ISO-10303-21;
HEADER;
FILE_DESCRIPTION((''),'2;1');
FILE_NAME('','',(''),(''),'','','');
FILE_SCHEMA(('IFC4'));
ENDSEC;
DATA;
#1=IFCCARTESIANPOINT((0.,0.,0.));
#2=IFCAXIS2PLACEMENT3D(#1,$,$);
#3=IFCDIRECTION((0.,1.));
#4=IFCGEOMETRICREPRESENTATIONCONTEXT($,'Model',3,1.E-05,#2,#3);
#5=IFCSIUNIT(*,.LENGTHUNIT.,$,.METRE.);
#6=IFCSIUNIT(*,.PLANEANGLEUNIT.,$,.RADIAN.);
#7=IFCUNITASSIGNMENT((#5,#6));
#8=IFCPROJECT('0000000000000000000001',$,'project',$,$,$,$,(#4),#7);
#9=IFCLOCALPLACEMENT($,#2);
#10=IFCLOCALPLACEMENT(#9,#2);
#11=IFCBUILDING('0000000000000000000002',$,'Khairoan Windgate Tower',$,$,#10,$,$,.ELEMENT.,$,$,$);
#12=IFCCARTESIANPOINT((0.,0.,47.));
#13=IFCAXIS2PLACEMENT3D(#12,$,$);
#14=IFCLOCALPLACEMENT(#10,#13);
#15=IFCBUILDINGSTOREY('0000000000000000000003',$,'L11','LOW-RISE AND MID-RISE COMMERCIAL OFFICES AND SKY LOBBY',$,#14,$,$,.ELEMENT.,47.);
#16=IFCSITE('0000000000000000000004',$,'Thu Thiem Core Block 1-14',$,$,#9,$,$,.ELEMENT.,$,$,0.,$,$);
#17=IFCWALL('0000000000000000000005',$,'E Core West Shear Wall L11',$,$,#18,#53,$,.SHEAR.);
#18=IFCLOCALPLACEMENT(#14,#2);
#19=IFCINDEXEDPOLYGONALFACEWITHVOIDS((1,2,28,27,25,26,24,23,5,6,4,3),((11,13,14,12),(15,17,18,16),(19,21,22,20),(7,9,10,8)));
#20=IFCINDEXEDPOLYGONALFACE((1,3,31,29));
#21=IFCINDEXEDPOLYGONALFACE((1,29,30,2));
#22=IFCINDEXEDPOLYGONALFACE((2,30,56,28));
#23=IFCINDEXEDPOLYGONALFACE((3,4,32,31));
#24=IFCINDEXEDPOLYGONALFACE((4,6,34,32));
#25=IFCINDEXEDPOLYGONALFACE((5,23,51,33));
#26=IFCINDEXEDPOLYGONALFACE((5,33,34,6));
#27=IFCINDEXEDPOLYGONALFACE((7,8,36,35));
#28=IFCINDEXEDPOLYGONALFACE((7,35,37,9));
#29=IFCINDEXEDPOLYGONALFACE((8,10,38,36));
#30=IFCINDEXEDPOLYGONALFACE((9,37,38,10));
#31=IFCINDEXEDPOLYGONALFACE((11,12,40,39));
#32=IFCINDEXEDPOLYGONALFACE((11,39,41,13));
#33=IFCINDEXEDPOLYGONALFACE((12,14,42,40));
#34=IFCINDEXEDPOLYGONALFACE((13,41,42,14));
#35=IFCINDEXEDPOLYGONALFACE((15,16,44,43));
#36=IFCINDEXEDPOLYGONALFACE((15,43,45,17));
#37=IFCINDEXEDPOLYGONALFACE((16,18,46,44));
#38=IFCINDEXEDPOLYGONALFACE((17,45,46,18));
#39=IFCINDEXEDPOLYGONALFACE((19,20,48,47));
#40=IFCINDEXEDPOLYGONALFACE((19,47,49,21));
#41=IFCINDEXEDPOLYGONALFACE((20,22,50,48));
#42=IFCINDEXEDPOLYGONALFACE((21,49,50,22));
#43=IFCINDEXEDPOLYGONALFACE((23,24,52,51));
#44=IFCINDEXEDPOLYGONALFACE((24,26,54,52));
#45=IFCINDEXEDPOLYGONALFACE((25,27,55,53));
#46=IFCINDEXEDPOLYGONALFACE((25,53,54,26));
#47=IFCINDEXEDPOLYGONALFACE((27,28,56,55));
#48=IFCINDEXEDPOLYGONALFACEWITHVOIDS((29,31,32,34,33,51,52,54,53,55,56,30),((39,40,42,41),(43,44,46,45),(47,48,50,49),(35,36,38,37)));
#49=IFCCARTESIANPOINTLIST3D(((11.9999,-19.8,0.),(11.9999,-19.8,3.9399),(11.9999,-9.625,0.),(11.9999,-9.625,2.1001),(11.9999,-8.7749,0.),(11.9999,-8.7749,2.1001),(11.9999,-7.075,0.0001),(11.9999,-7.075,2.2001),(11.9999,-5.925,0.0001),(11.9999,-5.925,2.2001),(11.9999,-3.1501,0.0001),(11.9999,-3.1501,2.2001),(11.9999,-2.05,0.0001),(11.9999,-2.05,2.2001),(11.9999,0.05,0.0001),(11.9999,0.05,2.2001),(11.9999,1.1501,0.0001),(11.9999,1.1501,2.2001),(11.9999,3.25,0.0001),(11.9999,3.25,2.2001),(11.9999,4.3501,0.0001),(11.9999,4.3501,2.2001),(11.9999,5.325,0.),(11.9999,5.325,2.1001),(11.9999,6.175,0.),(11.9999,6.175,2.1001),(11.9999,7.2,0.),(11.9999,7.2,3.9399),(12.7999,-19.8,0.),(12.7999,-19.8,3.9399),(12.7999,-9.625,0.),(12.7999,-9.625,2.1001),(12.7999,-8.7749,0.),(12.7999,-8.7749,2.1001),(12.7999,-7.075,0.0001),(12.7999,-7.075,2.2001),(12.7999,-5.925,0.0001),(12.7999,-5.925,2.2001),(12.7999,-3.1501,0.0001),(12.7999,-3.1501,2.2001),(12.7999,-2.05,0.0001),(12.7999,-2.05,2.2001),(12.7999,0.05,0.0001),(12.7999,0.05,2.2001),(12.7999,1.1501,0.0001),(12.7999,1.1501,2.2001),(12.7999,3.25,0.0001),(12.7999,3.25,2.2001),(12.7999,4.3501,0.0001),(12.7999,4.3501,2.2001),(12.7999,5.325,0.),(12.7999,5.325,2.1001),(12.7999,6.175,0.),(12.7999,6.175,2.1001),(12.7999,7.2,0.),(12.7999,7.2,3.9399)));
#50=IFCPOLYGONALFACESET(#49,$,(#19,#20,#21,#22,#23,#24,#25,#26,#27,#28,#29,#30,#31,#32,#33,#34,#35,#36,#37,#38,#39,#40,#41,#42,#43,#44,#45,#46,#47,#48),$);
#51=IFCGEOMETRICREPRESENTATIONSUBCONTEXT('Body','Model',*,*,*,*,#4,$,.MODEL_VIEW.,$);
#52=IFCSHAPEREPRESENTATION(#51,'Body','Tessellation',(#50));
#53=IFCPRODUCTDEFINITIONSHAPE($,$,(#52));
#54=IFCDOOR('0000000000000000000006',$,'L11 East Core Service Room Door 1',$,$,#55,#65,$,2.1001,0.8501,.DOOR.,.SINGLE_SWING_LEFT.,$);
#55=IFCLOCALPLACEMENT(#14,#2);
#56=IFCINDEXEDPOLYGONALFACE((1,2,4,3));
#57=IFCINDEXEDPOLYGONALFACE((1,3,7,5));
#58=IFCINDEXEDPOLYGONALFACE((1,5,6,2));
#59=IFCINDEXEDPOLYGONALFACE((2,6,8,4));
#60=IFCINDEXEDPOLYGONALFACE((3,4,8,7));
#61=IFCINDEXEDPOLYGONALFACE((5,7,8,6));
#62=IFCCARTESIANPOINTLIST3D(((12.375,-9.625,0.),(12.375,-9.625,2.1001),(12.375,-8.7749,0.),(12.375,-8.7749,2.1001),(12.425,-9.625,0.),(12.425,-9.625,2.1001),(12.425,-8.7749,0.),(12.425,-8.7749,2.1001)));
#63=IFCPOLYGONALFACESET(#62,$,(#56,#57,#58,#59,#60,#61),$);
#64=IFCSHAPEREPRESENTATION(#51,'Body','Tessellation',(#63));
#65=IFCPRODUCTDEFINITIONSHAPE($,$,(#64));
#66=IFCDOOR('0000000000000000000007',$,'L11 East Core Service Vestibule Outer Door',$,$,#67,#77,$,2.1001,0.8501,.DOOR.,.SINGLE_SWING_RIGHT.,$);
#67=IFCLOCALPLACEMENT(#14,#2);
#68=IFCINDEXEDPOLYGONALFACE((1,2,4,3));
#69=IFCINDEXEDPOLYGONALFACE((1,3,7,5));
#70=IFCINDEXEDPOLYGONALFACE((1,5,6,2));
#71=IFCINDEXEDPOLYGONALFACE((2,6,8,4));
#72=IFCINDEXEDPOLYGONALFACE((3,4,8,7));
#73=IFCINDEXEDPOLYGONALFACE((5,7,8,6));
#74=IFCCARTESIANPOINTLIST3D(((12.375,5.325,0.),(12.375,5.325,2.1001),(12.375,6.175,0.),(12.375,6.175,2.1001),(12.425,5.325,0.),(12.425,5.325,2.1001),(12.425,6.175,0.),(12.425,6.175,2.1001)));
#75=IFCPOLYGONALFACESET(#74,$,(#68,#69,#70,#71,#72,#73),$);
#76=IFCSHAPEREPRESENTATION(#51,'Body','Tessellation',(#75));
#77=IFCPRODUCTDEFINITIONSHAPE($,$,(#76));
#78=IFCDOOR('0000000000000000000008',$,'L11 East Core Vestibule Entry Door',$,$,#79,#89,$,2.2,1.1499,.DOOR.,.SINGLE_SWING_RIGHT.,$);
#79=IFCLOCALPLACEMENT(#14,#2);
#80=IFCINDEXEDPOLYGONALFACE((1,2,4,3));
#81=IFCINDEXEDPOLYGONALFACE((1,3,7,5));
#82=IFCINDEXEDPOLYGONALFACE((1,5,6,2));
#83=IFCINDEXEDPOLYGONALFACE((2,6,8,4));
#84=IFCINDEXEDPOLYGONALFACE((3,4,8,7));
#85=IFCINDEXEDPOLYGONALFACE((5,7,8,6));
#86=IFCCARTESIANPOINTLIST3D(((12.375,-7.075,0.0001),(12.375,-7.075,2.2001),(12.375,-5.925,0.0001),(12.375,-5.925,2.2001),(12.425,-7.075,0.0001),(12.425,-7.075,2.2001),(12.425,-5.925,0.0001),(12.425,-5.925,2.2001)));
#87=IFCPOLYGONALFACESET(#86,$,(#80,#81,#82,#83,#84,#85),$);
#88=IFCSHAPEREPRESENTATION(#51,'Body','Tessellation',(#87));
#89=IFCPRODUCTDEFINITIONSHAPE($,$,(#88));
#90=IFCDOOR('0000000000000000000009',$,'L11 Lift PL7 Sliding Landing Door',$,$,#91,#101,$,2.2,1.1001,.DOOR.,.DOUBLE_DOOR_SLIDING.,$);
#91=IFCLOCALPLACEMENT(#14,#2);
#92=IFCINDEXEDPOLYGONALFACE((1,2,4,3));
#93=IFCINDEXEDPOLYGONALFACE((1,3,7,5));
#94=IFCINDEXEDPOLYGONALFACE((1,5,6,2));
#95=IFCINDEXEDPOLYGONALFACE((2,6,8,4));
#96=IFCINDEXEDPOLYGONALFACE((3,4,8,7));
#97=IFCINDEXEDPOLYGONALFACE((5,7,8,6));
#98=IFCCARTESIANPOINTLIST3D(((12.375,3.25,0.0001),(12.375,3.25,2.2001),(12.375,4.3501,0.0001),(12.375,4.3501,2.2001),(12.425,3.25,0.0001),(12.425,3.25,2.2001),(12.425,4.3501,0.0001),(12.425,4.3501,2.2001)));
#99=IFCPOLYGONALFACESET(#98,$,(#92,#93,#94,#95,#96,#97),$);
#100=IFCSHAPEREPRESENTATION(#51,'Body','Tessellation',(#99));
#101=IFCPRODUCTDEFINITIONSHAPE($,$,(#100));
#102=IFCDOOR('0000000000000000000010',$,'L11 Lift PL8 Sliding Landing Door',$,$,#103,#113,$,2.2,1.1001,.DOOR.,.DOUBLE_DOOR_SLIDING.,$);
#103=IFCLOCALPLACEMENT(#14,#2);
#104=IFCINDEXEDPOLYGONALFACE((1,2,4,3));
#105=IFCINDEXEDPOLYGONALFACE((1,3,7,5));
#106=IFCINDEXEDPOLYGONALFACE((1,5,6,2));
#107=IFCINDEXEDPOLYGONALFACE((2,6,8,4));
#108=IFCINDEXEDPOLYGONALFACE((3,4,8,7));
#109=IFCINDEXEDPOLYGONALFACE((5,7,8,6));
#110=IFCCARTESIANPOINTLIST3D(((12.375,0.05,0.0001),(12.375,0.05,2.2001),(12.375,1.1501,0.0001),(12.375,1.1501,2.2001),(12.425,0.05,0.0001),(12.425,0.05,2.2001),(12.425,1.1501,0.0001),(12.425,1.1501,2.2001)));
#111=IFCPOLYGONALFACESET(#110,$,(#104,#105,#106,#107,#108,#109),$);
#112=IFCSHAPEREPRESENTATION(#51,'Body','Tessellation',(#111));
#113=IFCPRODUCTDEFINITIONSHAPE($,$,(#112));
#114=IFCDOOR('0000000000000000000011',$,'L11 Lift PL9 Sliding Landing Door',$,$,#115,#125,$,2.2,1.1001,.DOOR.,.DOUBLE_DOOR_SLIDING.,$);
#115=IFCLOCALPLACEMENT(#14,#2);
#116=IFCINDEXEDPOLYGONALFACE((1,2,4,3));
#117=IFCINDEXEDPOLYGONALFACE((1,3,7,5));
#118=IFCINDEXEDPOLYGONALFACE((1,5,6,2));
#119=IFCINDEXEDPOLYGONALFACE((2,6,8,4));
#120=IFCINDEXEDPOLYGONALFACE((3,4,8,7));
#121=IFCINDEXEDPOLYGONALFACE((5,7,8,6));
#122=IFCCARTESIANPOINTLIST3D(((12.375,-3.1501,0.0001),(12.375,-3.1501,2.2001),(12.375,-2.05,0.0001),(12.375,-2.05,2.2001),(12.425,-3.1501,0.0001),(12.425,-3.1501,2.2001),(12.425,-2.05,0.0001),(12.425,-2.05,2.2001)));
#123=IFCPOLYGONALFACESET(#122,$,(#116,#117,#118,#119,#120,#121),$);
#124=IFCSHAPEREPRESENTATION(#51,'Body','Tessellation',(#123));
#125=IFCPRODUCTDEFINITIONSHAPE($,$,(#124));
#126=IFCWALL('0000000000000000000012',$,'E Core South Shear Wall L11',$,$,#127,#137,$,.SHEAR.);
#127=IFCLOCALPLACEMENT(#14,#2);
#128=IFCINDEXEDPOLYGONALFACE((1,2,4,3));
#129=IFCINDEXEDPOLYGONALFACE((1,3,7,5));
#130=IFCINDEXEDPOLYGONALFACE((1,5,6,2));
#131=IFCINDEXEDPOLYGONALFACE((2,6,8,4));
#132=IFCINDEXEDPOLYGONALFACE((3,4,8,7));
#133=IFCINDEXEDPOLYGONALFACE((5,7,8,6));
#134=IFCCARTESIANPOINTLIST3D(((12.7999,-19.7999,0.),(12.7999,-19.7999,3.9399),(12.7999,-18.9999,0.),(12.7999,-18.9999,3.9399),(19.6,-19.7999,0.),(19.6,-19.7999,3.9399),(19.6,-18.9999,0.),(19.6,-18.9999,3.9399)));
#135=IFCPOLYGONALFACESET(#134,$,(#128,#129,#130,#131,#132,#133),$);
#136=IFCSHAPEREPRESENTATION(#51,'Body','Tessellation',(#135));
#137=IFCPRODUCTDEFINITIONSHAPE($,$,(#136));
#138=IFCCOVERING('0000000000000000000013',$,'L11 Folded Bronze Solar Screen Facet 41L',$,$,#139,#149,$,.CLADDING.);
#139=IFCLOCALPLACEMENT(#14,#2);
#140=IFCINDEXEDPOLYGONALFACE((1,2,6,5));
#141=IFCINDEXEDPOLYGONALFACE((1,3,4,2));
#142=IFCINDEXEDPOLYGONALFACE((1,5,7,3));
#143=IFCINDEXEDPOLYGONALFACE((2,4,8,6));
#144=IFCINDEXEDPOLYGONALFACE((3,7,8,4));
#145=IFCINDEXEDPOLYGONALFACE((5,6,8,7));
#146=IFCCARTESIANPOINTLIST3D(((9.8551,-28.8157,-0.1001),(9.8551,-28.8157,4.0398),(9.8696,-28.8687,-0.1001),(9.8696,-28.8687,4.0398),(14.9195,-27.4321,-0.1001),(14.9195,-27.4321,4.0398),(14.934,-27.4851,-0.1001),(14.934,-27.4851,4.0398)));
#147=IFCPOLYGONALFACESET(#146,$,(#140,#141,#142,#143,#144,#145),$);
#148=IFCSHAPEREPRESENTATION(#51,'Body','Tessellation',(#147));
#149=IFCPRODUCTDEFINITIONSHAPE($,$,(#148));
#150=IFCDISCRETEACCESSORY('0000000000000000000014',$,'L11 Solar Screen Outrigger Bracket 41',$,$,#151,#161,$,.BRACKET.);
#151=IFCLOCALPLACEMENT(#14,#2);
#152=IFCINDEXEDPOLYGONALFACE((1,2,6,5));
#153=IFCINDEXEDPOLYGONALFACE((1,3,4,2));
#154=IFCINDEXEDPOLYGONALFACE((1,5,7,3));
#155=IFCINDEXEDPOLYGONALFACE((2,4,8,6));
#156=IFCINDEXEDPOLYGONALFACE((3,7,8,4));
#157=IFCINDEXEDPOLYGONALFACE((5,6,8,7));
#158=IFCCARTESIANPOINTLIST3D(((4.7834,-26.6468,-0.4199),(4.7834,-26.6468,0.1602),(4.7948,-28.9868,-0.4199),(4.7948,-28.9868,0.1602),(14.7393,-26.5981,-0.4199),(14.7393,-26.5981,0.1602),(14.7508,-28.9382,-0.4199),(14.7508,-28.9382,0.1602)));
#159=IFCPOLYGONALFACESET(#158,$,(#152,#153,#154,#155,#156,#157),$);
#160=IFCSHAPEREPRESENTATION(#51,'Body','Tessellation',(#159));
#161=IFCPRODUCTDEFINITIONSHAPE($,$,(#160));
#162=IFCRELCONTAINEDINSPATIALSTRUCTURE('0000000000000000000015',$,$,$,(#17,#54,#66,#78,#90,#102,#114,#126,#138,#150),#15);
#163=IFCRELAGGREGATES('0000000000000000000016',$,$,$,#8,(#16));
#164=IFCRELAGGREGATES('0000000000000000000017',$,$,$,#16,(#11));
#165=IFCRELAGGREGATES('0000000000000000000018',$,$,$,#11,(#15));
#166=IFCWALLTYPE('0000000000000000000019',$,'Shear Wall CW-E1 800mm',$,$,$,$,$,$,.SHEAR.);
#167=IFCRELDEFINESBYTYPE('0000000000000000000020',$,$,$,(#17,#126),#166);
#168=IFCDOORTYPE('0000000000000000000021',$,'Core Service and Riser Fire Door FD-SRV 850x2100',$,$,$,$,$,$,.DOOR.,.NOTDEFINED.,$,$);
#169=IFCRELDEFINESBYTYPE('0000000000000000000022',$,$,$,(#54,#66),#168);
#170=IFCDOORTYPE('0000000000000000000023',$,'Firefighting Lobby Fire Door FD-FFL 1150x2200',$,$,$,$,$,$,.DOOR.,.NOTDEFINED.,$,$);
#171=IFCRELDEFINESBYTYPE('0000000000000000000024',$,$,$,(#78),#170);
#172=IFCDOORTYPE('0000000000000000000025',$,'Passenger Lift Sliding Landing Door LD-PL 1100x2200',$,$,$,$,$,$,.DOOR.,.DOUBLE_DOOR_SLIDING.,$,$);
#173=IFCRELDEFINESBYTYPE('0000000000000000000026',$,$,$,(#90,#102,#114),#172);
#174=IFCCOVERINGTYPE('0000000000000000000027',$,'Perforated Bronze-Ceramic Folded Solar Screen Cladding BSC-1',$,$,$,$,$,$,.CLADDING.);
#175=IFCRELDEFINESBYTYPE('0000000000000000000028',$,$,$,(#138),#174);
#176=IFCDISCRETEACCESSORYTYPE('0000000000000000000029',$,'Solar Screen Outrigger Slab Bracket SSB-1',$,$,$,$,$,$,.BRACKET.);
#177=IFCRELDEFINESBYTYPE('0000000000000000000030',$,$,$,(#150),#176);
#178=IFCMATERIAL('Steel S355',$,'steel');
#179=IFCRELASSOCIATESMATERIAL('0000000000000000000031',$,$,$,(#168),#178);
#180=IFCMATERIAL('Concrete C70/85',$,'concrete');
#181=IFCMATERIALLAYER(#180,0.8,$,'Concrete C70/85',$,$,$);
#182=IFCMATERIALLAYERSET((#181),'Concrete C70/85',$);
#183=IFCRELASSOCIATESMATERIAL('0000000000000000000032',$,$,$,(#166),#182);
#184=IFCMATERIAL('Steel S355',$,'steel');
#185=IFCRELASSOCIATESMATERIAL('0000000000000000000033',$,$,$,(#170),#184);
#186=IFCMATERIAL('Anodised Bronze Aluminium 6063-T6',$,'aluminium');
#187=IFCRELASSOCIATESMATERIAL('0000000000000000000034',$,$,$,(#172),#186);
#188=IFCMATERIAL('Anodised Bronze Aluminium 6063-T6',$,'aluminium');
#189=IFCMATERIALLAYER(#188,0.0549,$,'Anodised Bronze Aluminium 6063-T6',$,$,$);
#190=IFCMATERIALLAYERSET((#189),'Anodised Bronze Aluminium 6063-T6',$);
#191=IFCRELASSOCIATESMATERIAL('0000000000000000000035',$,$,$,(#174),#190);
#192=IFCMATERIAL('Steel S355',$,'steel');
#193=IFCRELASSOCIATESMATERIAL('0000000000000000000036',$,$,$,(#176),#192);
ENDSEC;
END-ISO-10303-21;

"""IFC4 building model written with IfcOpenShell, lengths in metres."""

from ifc_helpers import new_model, si_unit, direction, frame, frame_2d, origin, origin_2d, place, context, subcontext, project, spatial, rectangle, extrude, material, layer, layer_set, type_object, element, fill, save


model = new_model("IFC4")

# Units and contexts
model_context = context("Model", 3, precision=1e-05, world=origin(), true_north=direction((0.0, 1.0)))
body_context = subcontext(model_context, "Body", "Model", "MODEL_VIEW")
ifc_project = project(units=[si_unit("LENGTHUNIT", "METRE"), si_unit("PLANEANGLEUNIT", "RADIAN")], contexts=[model_context])

# Site, building, storey
site_placement = place(None, origin())
site = spatial("IfcSite", under=ifc_project, at=site_placement, Name="Thu Thiem Core Block 1-14", CompositionType="ELEMENT", RefElevation=0.0)
building_placement = place(site_placement, origin())
building = spatial("IfcBuilding", under=site, at=building_placement, Name="Khairoan Windgate Tower", CompositionType="ELEMENT")
storey_placement = place(building_placement, frame((0.0, 0.0, 47.0)))
storey = spatial("IfcBuildingStorey", under=building, at=storey_placement, Name="L11", Description="LOW-RISE AND MID-RISE COMMERCIAL OFFICES AND SKY LOBBY", CompositionType="ELEMENT", Elevation=47.0)

# Shared definitions
ifc_material_1 = material(Name="Steel S355", Category="steel")
door_type_1 = type_object("IfcDoorType", Name="Core Service and Riser Fire Door FD-SRV 850x2100", OperationType="NOTDEFINED", PredefinedType="DOOR", material=ifc_material_1)

# Wall, openings, doors
ifc_material_2 = material(Name="Concrete C70/85", Category="concrete")
ifc_layer_1 = layer(ifc_material_2, 0.8, Name="Concrete C70/85")
ifc_layer_set_1 = layer_set([ifc_layer_1], Name="Concrete C70/85")
wall_type_1 = type_object("IfcWallType", Name="Shear Wall CW-E1 800mm", PredefinedType="SHEAR", material=ifc_layer_set_1)
wall_1_placement = place(storey_placement, frame((12.3999, -19.8, 0.0), z_axis=(0.0, 0.0, 1.0), x_axis=(0.0, 1.0, 0.0)))
wall_1 = element("IfcWall", 1, at=wall_1_placement, inside=storey, type_object=wall_type_1, Name="E Core West Shear Wall L11", PredefinedType="SHEAR", context=body_context, shape_type="SweptSolid", body=[
    extrude(rectangle(XDim=27.0, YDim=0.8, at=frame_2d((13.5, 0.0))), origin(), (0.0, 0.0, 1.0), 3.9399),
])
opening_1_placement = place(wall_1_placement, frame((23.05, 0.0, 0.0)))
opening_1 = element("IfcOpeningElement", 2, at=opening_1_placement, cuts=wall_1, PredefinedType="OPENING", context=body_context, shape_type="SweptSolid", body=[
    extrude(rectangle(XDim=1.1001, YDim=2.2, at=frame_2d((0.55, 1.1001))), frame((0.0, 0.4099, 0.0), z_axis=(0.0, -1.0, 0.0), x_axis=(1.0, 0.0, 0.0)), (0.0, 0.0, 1.0), 0.8201),
])
opening_2_placement = place(wall_1_placement, frame((19.8501, 0.0, 0.0)))
opening_2 = element("IfcOpeningElement", 3, at=opening_2_placement, cuts=wall_1, PredefinedType="OPENING", context=body_context, shape_type="SweptSolid", body=[
    extrude(rectangle(XDim=1.1001, YDim=2.2, at=frame_2d((0.55, 1.1001))), frame((0.0, 0.4099, 0.0), z_axis=(0.0, -1.0, 0.0), x_axis=(1.0, 0.0, 0.0)), (0.0, 0.0, 1.0), 0.8201),
])
opening_3_placement = place(wall_1_placement, frame((16.6499, 0.0, 0.0)))
opening_3 = element("IfcOpeningElement", 4, at=opening_3_placement, cuts=wall_1, PredefinedType="OPENING", context=body_context, shape_type="SweptSolid", body=[
    extrude(rectangle(XDim=1.1001, YDim=2.2, at=frame_2d((0.55, 1.1001))), frame((0.0, 0.4099, 0.0), z_axis=(0.0, -1.0, 0.0), x_axis=(1.0, 0.0, 0.0)), (0.0, 0.0, 1.0), 0.8201),
])
opening_4_placement = place(wall_1_placement, frame((10.175, 0.0, 0.0)))
opening_4 = element("IfcOpeningElement", 5, at=opening_4_placement, cuts=wall_1, PredefinedType="OPENING", context=body_context, shape_type="SweptSolid", body=[
    extrude(rectangle(XDim=0.8501, YDim=2.1001, at=frame_2d((0.425, 1.05))), frame((0.0, 0.4099, 0.0), z_axis=(0.0, -1.0, 0.0), x_axis=(1.0, 0.0, 0.0)), (0.0, 0.0, 1.0), 0.8201),
])
opening_5_placement = place(wall_1_placement, frame((12.7251, 0.0, 0.0)))
opening_5 = element("IfcOpeningElement", 6, at=opening_5_placement, cuts=wall_1, PredefinedType="OPENING", context=body_context, shape_type="SweptSolid", body=[
    extrude(rectangle(XDim=1.1499, YDim=2.2, at=frame_2d((0.575, 1.1001))), frame((0.0, 0.4099, 0.0), z_axis=(0.0, -1.0, 0.0), x_axis=(1.0, 0.0, 0.0)), (0.0, 0.0, 1.0), 0.8201),
])
opening_6_placement = place(wall_1_placement, frame((25.125, 0.0, 0.0)))
opening_6 = element("IfcOpeningElement", 7, at=opening_6_placement, cuts=wall_1, PredefinedType="OPENING", context=body_context, shape_type="SweptSolid", body=[
    extrude(rectangle(XDim=0.8501, YDim=2.1001, at=frame_2d((0.425, 1.05))), frame((0.0, 0.4099, 0.0), z_axis=(0.0, -1.0, 0.0), x_axis=(1.0, 0.0, 0.0)), (0.0, 0.0, 1.0), 0.8201),
])
door_1_placement = place(opening_4_placement, origin())
door_1 = element("IfcDoor", 8, at=door_1_placement, inside=storey, type_object=door_type_1, Name="L11 East Core Service Room Door 1", OperationType="SINGLE_SWING_LEFT", OverallHeight=2.1001, OverallWidth=0.8501, PredefinedType="DOOR", context=body_context, shape_type="SweptSolid", body=[
    extrude(rectangle(XDim=0.8501, YDim=2.1001, at=frame_2d((0.425, 1.05))), frame((0.0, 0.0249, 0.0), z_axis=(0.0, -1.0, 0.0), x_axis=(1.0, 0.0, 0.0)), (0.0, 0.0, 1.0), 0.05),
])
fill(opening_4, door_1)
door_2_placement = place(opening_6_placement, origin())
door_2 = element("IfcDoor", 9, at=door_2_placement, inside=storey, type_object=door_type_1, Name="L11 East Core Service Vestibule Outer Door", OperationType="SINGLE_SWING_RIGHT", OverallHeight=2.1001, OverallWidth=0.8501, PredefinedType="DOOR", context=body_context, shape_type="SweptSolid", body=[
    extrude(rectangle(XDim=0.8501, YDim=2.1001, at=frame_2d((0.425, 1.05))), frame((0.0, 0.0249, 0.0), z_axis=(0.0, -1.0, 0.0), x_axis=(1.0, 0.0, 0.0)), (0.0, 0.0, 1.0), 0.05),
])
fill(opening_6, door_2)
ifc_material_3 = material(Name="Steel S355", Category="steel")
door_type_2 = type_object("IfcDoorType", Name="Firefighting Lobby Fire Door FD-FFL 1150x2200", OperationType="NOTDEFINED", PredefinedType="DOOR", material=ifc_material_3)
door_3_placement = place(opening_5_placement, origin())
door_3 = element("IfcDoor", 10, at=door_3_placement, inside=storey, type_object=door_type_2, Name="L11 East Core Vestibule Entry Door", OperationType="SINGLE_SWING_RIGHT", OverallHeight=2.2, OverallWidth=1.1499, PredefinedType="DOOR", context=body_context, shape_type="SweptSolid", body=[
    extrude(rectangle(XDim=1.1499, YDim=2.2, at=frame_2d((0.575, 1.1001))), frame((0.0, 0.0249, 0.0), z_axis=(0.0, -1.0, 0.0), x_axis=(1.0, 0.0, 0.0)), (0.0, 0.0, 1.0), 0.05),
])
fill(opening_5, door_3)
ifc_material_4 = material(Name="Anodised Bronze Aluminium 6063-T6", Category="aluminium")
door_type_3 = type_object("IfcDoorType", Name="Passenger Lift Sliding Landing Door LD-PL 1100x2200", OperationType="DOUBLE_DOOR_SLIDING", PredefinedType="DOOR", material=ifc_material_4)
door_4_placement = place(opening_1_placement, origin())
door_4 = element("IfcDoor", 11, at=door_4_placement, inside=storey, type_object=door_type_3, Name="L11 Lift PL7 Sliding Landing Door", OperationType="DOUBLE_DOOR_SLIDING", OverallHeight=2.2, OverallWidth=1.1001, PredefinedType="DOOR", context=body_context, shape_type="SweptSolid", body=[
    extrude(rectangle(XDim=1.1001, YDim=2.2, at=frame_2d((0.55, 1.1001))), frame((0.0, 0.0249, 0.0), z_axis=(0.0, -1.0, 0.0), x_axis=(1.0, 0.0, 0.0)), (0.0, 0.0, 1.0), 0.05),
])
fill(opening_1, door_4)
door_5_placement = place(opening_2_placement, origin())
door_5 = element("IfcDoor", 12, at=door_5_placement, inside=storey, type_object=door_type_3, Name="L11 Lift PL8 Sliding Landing Door", OperationType="DOUBLE_DOOR_SLIDING", OverallHeight=2.2, OverallWidth=1.1001, PredefinedType="DOOR", context=body_context, shape_type="SweptSolid", body=[
    extrude(rectangle(XDim=1.1001, YDim=2.2, at=frame_2d((0.55, 1.1001))), frame((0.0, 0.0249, 0.0), z_axis=(0.0, -1.0, 0.0), x_axis=(1.0, 0.0, 0.0)), (0.0, 0.0, 1.0), 0.05),
])
fill(opening_2, door_5)
door_6_placement = place(opening_3_placement, origin())
door_6 = element("IfcDoor", 13, at=door_6_placement, inside=storey, type_object=door_type_3, Name="L11 Lift PL9 Sliding Landing Door", OperationType="DOUBLE_DOOR_SLIDING", OverallHeight=2.2, OverallWidth=1.1001, PredefinedType="DOOR", context=body_context, shape_type="SweptSolid", body=[
    extrude(rectangle(XDim=1.1001, YDim=2.2, at=frame_2d((0.55, 1.1001))), frame((0.0, 0.0249, 0.0), z_axis=(0.0, -1.0, 0.0), x_axis=(1.0, 0.0, 0.0)), (0.0, 0.0, 1.0), 0.05),
])
fill(opening_3, door_6)

# Wall
wall_2_placement = place(storey_placement, frame((12.8, -19.3999, 0.0), z_axis=(0.0, 0.0, 1.0), x_axis=(1.0, 0.0, 0.0)))
element("IfcWall", 14, at=wall_2_placement, inside=storey, type_object=wall_type_1, Name="E Core South Shear Wall L11", PredefinedType="SHEAR", context=body_context, shape_type="SweptSolid", body=[
    extrude(rectangle(XDim=6.8, YDim=0.8, at=frame_2d((3.3999, 0.0))), origin(), (0.0, 0.0, 1.0), 3.9399),
])

# Covering
ifc_material_5 = material(Name="Anodised Bronze Aluminium 6063-T6", Category="aluminium")
ifc_layer_2 = layer(ifc_material_5, 0.0549, Name="Anodised Bronze Aluminium 6063-T6")
ifc_layer_set_2 = layer_set([ifc_layer_2], Name="Anodised Bronze Aluminium 6063-T6")
covering_type = type_object("IfcCoveringType", Name="Perforated Bronze-Ceramic Folded Solar Screen Cladding BSC-1", PredefinedType="CLADDING", material=ifc_layer_set_2)
covering_placement = place(storey_placement, frame((12.3945, -28.1504, -0.1001), z_axis=(0.0, 0.0, 1.0), x_axis=(-0.964649, -0.263536, 0.0)))
element("IfcCovering", 15, at=covering_placement, inside=storey, type_object=covering_type, Name="L11 Folded Bronze Solar Screen Facet 41L", PredefinedType="CLADDING", context=body_context, shape_type="SweptSolid", body=[
    extrude(rectangle(XDim=5.25, YDim=0.0549, at=origin_2d()), origin(), (0.0, 0.0, 1.0), 4.1399),
])

# Discrete accessory
ifc_material_6 = material(Name="Steel S355", Category="steel")
discrete_accessory_type = type_object("IfcDiscreteAccessoryType", Name="Solar Screen Outrigger Slab Bracket SSB-1", PredefinedType="BRACKET", material=ifc_material_6)
discrete_accessory_placement = place(storey_placement, frame((9.7671, -27.7925, -0.4199), z_axis=(0.0, 0.0, 1.0), x_axis=(-0.999988, -0.004887, 0.0)))
element("IfcDiscreteAccessory", 16, at=discrete_accessory_placement, inside=storey, type_object=discrete_accessory_type, Name="L11 Solar Screen Outrigger Bracket 41", PredefinedType="BRACKET", context=body_context, shape_type="SweptSolid", body=[
    extrude(rectangle(XDim=9.9561, YDim=2.3401, at=origin_2d()), origin(), (0.0, 0.0, 1.0), 0.5801),
])

save(model, "model.ifc")
